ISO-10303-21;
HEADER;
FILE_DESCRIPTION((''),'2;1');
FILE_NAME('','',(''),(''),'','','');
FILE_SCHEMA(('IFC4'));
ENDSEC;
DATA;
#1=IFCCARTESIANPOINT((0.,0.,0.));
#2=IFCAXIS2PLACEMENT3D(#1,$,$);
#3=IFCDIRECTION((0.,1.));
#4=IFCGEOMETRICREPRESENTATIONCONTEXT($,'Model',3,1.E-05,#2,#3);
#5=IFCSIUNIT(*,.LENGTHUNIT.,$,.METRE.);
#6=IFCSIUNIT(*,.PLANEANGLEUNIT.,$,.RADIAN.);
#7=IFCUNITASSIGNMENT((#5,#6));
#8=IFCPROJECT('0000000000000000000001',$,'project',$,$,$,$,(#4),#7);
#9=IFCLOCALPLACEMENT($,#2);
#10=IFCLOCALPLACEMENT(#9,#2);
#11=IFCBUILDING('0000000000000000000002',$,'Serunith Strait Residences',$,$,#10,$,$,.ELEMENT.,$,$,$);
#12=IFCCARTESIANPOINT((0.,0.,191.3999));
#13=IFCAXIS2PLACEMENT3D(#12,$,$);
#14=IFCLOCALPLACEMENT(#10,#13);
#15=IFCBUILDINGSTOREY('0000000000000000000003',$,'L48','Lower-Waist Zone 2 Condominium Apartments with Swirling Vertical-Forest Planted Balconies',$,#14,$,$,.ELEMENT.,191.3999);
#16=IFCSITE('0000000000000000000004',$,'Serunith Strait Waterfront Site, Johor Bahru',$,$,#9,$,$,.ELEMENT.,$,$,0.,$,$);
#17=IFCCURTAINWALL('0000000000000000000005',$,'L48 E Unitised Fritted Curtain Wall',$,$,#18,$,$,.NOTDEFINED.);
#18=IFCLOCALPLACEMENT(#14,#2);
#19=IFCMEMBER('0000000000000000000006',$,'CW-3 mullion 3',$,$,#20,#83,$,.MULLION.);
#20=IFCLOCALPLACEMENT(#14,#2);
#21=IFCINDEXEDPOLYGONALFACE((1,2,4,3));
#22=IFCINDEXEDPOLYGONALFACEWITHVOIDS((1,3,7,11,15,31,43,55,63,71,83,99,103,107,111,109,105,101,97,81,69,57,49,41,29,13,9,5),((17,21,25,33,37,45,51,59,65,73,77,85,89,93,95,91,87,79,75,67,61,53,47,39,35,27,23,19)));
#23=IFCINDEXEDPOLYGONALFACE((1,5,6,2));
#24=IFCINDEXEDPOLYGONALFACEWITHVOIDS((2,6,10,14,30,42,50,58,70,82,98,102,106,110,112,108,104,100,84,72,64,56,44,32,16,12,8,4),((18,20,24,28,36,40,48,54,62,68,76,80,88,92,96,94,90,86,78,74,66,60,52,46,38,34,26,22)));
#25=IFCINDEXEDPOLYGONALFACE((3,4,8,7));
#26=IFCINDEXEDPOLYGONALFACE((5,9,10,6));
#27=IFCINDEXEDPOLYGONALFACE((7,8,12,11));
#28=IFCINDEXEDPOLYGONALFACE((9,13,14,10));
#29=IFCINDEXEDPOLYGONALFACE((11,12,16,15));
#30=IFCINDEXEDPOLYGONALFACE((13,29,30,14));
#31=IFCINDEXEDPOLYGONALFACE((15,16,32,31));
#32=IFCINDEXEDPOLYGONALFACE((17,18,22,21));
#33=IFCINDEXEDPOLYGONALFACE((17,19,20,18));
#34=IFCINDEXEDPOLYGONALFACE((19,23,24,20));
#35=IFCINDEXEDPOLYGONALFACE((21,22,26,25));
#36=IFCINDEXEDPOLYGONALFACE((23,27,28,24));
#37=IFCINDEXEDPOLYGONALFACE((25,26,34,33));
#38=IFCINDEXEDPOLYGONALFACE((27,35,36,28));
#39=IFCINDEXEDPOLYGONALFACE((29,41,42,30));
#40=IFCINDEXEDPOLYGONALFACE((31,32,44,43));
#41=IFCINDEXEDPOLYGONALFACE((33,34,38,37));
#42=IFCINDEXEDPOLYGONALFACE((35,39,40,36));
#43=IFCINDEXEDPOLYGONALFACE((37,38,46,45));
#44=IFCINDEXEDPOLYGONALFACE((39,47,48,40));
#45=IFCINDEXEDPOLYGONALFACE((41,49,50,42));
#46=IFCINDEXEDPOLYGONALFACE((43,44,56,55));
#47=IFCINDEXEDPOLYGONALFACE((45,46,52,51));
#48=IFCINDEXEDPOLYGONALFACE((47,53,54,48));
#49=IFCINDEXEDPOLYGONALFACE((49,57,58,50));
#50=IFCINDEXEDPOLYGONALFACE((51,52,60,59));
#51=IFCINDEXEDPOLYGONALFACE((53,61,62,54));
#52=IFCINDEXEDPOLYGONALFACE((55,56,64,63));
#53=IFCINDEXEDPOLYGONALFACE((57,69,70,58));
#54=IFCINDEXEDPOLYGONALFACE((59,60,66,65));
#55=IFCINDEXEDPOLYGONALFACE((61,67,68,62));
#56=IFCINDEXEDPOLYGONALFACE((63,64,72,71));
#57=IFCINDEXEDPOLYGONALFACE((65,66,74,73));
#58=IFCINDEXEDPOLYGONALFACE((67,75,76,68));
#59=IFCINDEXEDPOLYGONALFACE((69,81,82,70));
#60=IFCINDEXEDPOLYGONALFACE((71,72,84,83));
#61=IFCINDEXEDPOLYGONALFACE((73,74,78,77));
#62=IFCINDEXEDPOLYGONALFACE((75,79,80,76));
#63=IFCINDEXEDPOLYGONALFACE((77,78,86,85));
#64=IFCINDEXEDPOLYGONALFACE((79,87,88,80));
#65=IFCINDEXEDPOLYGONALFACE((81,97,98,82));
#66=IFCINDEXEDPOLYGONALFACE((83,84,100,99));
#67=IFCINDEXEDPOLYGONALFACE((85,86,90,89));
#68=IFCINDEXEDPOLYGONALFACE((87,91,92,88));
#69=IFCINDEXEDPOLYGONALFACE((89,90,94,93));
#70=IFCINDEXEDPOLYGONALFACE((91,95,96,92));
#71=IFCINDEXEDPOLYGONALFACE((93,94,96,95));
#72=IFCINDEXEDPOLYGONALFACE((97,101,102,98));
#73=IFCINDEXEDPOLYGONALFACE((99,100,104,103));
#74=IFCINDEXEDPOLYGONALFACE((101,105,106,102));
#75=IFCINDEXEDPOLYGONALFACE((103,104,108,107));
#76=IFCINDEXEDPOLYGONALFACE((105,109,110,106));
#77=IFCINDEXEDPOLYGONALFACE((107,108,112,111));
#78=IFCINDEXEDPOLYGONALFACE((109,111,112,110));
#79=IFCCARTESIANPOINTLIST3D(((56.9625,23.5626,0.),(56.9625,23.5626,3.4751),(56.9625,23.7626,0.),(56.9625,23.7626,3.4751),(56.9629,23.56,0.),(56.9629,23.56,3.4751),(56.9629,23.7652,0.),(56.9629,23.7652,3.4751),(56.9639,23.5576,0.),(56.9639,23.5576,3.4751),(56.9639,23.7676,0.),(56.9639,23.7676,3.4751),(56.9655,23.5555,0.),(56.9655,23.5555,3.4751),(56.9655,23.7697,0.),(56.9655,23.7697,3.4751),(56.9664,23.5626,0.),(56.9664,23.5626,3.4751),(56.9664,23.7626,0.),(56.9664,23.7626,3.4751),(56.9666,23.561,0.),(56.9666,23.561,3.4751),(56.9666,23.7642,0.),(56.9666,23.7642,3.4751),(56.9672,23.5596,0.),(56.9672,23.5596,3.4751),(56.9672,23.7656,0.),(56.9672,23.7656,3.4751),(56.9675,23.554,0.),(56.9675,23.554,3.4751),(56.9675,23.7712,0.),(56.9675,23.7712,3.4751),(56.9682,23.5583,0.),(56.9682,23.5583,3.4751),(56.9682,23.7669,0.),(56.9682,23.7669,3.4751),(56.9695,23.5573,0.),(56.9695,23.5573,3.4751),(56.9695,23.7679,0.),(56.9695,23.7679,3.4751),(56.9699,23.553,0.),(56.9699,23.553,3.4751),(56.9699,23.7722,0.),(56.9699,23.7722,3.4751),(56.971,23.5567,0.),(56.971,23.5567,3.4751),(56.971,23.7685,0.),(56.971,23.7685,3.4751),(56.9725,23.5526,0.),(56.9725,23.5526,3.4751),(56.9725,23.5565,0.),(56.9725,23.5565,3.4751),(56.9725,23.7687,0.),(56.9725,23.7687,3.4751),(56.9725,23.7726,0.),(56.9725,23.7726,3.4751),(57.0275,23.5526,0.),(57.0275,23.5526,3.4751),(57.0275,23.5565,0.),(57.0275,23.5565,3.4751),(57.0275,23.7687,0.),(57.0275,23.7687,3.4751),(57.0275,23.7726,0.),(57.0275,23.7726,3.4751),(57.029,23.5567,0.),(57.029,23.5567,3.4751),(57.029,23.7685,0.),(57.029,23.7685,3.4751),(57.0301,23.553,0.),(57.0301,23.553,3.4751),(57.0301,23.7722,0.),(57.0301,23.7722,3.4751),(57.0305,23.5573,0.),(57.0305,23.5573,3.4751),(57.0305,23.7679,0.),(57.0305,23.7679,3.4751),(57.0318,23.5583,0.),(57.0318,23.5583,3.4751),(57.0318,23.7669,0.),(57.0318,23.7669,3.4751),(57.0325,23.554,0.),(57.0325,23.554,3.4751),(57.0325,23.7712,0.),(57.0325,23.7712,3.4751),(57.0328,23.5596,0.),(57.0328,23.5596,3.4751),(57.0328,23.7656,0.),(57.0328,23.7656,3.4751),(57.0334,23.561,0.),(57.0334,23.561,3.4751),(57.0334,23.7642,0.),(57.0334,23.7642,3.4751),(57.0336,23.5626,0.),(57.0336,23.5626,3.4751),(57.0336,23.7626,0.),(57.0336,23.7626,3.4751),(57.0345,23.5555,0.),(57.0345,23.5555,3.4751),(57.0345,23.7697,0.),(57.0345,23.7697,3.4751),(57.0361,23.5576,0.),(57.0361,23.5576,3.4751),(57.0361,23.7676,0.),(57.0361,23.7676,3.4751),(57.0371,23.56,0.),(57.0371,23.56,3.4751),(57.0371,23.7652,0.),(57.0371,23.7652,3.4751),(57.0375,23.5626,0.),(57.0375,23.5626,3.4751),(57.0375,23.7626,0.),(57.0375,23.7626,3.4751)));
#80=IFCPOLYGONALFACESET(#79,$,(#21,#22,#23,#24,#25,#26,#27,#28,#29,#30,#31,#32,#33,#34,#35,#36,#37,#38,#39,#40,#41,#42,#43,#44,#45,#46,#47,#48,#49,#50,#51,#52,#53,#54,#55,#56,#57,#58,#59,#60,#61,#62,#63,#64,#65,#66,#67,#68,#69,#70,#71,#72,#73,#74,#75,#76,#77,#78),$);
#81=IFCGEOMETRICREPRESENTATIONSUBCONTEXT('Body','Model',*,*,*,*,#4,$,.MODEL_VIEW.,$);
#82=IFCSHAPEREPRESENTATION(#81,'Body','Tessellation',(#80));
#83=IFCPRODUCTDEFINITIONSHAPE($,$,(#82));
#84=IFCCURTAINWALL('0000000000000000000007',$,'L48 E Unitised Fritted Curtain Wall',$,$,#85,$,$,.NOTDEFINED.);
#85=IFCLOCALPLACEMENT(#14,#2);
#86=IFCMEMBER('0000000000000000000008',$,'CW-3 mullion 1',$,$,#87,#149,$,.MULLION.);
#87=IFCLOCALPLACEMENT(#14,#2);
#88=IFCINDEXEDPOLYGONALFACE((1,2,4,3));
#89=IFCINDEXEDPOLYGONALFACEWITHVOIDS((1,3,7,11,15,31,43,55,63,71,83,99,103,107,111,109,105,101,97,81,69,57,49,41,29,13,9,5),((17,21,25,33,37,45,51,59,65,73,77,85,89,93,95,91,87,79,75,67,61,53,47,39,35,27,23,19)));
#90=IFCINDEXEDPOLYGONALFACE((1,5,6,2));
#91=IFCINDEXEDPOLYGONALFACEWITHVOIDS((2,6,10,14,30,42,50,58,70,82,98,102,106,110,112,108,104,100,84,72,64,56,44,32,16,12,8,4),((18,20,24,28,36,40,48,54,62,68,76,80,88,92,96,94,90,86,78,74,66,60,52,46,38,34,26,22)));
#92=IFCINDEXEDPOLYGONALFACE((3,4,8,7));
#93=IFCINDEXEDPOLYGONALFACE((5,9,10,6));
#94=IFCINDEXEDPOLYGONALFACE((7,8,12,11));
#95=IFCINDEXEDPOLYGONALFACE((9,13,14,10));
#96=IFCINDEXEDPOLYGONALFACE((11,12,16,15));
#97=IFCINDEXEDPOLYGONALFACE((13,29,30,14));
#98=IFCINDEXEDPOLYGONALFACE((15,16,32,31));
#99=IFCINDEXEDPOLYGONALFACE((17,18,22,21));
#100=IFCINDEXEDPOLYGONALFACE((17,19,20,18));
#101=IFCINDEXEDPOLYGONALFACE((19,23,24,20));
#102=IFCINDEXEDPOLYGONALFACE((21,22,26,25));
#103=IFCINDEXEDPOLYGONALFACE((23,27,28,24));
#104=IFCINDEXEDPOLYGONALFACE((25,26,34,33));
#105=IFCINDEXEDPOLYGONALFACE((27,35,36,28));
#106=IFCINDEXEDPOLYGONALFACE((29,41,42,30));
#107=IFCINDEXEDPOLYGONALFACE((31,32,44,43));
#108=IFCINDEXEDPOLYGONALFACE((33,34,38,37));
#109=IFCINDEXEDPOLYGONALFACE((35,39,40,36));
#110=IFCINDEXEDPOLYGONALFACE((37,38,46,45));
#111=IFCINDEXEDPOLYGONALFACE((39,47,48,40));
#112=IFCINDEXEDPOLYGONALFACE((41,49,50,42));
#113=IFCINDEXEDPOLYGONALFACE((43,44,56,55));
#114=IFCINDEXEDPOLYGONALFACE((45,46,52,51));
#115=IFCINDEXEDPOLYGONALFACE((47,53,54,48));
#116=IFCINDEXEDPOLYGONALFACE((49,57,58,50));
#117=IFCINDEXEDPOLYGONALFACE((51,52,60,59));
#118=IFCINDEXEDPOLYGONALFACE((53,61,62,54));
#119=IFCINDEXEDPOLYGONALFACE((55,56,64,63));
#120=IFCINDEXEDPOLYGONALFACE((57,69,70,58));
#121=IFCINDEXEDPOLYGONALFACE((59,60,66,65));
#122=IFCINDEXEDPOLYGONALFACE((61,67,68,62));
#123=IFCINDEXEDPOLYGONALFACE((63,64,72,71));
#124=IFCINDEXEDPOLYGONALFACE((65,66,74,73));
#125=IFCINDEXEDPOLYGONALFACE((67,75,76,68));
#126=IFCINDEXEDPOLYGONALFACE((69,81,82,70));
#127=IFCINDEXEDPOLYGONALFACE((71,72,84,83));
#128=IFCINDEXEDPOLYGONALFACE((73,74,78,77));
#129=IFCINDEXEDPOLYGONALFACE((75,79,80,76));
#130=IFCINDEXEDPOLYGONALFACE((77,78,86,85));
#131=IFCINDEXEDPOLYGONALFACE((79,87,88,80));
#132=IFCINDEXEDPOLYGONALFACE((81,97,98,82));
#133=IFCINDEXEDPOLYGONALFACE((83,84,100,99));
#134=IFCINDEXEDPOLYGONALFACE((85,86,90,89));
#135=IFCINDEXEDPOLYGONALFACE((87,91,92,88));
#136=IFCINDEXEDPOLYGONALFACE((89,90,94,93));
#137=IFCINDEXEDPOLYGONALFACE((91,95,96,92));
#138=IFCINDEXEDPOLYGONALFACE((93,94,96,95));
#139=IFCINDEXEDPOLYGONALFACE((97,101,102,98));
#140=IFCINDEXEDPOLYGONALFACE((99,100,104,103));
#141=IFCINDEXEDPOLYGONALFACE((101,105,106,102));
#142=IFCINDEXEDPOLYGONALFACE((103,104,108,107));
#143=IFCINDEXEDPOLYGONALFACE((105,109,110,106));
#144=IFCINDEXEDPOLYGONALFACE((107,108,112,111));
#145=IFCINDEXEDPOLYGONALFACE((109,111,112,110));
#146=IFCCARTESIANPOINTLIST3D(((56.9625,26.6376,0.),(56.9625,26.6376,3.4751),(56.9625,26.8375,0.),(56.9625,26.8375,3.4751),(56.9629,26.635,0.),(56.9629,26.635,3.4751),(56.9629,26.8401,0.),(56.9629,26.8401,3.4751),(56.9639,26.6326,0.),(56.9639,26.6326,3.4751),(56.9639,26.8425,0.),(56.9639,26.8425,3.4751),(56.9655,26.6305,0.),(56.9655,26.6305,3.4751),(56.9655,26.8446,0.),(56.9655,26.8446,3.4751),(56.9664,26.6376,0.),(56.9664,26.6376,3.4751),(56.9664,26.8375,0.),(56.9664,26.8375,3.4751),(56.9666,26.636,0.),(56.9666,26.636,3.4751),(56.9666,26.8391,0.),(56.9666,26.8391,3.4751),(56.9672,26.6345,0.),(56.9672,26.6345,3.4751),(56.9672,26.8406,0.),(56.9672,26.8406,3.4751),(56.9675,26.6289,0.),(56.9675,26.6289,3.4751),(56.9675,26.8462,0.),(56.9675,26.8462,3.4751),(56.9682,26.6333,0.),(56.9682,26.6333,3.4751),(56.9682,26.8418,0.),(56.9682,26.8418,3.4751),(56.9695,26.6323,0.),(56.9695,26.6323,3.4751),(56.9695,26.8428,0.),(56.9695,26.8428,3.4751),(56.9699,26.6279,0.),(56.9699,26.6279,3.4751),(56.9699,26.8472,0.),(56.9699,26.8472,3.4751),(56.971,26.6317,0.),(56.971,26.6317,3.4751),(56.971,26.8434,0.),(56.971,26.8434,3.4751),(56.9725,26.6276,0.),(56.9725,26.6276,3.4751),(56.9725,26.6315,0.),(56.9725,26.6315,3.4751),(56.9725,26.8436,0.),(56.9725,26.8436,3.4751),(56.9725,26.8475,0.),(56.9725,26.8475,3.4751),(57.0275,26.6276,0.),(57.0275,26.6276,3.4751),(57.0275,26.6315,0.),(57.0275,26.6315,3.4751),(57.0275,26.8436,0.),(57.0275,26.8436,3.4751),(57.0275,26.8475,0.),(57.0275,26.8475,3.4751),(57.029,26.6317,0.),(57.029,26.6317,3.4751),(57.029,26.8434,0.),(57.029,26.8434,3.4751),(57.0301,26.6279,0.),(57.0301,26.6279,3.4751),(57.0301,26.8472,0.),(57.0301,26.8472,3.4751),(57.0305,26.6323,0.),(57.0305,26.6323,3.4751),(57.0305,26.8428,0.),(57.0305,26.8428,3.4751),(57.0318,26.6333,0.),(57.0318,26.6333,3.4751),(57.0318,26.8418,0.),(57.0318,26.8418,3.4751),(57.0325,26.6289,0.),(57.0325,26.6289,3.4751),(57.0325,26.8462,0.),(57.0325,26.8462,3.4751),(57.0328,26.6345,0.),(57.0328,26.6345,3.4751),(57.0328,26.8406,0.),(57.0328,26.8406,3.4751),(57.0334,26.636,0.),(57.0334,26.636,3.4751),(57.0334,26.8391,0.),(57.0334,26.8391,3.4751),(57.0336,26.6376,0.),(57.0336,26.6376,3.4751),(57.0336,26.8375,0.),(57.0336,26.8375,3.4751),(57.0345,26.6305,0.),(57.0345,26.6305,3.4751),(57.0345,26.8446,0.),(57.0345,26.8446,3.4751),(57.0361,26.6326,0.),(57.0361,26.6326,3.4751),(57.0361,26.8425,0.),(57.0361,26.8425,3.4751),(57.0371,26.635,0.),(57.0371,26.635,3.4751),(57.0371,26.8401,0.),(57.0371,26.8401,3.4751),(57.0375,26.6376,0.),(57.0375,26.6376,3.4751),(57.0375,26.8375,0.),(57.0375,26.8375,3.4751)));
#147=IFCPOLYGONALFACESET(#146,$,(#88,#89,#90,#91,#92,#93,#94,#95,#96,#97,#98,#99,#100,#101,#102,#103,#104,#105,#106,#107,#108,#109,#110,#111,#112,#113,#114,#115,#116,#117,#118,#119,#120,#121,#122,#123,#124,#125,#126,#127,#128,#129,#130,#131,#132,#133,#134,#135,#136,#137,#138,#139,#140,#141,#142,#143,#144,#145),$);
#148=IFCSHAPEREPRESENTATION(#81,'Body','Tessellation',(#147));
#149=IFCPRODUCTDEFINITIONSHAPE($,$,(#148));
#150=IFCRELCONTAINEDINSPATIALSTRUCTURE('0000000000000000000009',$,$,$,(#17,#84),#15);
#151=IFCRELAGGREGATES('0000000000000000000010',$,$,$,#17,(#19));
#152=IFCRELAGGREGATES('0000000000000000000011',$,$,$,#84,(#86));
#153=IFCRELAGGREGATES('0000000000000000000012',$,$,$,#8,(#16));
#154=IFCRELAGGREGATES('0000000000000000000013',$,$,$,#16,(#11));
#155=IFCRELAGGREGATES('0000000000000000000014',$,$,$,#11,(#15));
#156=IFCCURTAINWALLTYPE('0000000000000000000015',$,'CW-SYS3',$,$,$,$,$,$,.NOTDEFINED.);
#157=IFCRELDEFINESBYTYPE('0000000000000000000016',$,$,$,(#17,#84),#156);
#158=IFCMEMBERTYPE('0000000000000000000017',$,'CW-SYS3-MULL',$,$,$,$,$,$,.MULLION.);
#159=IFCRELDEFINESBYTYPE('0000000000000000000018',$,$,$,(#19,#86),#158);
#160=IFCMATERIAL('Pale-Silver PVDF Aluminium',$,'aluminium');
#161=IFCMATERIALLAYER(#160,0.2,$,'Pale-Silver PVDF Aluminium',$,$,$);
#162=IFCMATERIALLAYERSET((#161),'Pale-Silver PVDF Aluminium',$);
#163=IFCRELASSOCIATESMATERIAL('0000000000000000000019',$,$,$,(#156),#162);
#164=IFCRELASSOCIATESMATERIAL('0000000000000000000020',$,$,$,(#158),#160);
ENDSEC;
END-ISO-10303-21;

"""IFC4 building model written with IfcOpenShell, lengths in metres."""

from ifc_helpers import new_model, si_unit, direction, frame, origin, origin_2d, place, context, subcontext, project, spatial, hollow_rectangle, extrude, source, transform, mapped, material, layer, layer_set, material_profile, profile_set, type_object, element, aggregate, save


model = new_model("IFC4")

# Units and contexts
model_context = context("Model", 3, precision=1e-05, world=origin(), true_north=direction((0.0, 1.0)))
body_context = subcontext(model_context, "Body", "Model", "MODEL_VIEW")
ifc_project = project(units=[si_unit("LENGTHUNIT", "METRE"), si_unit("PLANEANGLEUNIT", "RADIAN")], contexts=[model_context])

# Site, building, storey
site_placement = place(None, origin())
site = spatial("IfcSite", under=ifc_project, at=site_placement, Name="Serunith Strait Waterfront Site, Johor Bahru", CompositionType="ELEMENT", RefElevation=0.0)
building_placement = place(site_placement, origin())
building = spatial("IfcBuilding", under=site, at=building_placement, Name="Serunith Strait Residences", CompositionType="ELEMENT")
storey_placement = place(building_placement, frame((0.0, 0.0, 191.3999)))
storey = spatial("IfcBuildingStorey", under=building, at=storey_placement, Name="L48", Description="Lower-Waist Zone 2 Condominium Apartments with Swirling Vertical-Forest Planted Balconies", CompositionType="ELEMENT", Elevation=191.3999)

# Curtain wall, member
ifc_material_1 = material(Name="Pale-Silver PVDF Aluminium", Category="aluminium")
ifc_layer_1 = layer(ifc_material_1, 0.2, Name="Pale-Silver PVDF Aluminium")
ifc_layer_set_1 = layer_set([ifc_layer_1], Name="Pale-Silver PVDF Aluminium")
curtain_wall_type = type_object("IfcCurtainWallType", Name="CW-SYS3", PredefinedType="NOTDEFINED", material=ifc_layer_set_1)
curtain_wall_1_placement = place(storey_placement, origin())
curtain_wall_1 = element("IfcCurtainWall", 1, at=curtain_wall_1_placement, inside=storey, type_object=curtain_wall_type, Name="L48 E Unitised Fritted Curtain Wall", PredefinedType="NOTDEFINED")
ifc_material_profile_1 = material_profile(ifc_material_1, hollow_rectangle(XDim=0.075, YDim=0.22, WallThickness=0.0039, InnerFilletRadius=0.0061, OuterFilletRadius=0.01, at=origin_2d()), Name="ALU 220x75x4")
ifc_profile_set_1 = profile_set([ifc_material_profile_1], Name="Pale-Silver PVDF Aluminium")
member_type_1 = type_object("IfcMemberType", Name="CW-SYS3-MULL", PredefinedType="MULLION", material=ifc_profile_set_1)
shared_shape_1 = source(origin(), body_context, "Body", "SweptSolid", [
    extrude(hollow_rectangle(XDim=0.075, YDim=0.22, WallThickness=0.0039, InnerFilletRadius=0.0061, OuterFilletRadius=0.01, at=origin_2d()), origin(), (0.0, 0.0, 1.0), 3.4751),
])
member_1_placement = place(storey_placement, frame((57.0, 23.6626, 0.0), z_axis=(0.0, 0.0, 1.0), x_axis=(-1.0, 0.0, 0.0)))
member_1 = element("IfcMember", 2, at=member_1_placement, type_object=member_type_1, Name="CW-3 mullion 3", PredefinedType="MULLION", context=body_context, shape_type="MappedRepresentation", body=[
    mapped(shared_shape_1, transform((0.0, 0.0, 0.0), scale=1.0)),
])
aggregate(curtain_wall_1, [member_1])

# Curtain wall, member
curtain_wall_2_placement = place(storey_placement, origin())
curtain_wall_2 = element("IfcCurtainWall", 3, at=curtain_wall_2_placement, inside=storey, type_object=curtain_wall_type, Name="L48 E Unitised Fritted Curtain Wall", PredefinedType="NOTDEFINED")
member_2_placement = place(storey_placement, frame((57.0, 26.7375, 0.0), z_axis=(0.0, 0.0, 1.0), x_axis=(-1.0, 0.0, 0.0)))
member_2 = element("IfcMember", 4, at=member_2_placement, type_object=member_type_1, Name="CW-3 mullion 1", PredefinedType="MULLION", context=body_context, shape_type="MappedRepresentation", body=[
    mapped(shared_shape_1, transform((0.0, 0.0, 0.0), scale=1.0)),
])
aggregate(curtain_wall_2, [member_2])

save(model, "model.ifc")
